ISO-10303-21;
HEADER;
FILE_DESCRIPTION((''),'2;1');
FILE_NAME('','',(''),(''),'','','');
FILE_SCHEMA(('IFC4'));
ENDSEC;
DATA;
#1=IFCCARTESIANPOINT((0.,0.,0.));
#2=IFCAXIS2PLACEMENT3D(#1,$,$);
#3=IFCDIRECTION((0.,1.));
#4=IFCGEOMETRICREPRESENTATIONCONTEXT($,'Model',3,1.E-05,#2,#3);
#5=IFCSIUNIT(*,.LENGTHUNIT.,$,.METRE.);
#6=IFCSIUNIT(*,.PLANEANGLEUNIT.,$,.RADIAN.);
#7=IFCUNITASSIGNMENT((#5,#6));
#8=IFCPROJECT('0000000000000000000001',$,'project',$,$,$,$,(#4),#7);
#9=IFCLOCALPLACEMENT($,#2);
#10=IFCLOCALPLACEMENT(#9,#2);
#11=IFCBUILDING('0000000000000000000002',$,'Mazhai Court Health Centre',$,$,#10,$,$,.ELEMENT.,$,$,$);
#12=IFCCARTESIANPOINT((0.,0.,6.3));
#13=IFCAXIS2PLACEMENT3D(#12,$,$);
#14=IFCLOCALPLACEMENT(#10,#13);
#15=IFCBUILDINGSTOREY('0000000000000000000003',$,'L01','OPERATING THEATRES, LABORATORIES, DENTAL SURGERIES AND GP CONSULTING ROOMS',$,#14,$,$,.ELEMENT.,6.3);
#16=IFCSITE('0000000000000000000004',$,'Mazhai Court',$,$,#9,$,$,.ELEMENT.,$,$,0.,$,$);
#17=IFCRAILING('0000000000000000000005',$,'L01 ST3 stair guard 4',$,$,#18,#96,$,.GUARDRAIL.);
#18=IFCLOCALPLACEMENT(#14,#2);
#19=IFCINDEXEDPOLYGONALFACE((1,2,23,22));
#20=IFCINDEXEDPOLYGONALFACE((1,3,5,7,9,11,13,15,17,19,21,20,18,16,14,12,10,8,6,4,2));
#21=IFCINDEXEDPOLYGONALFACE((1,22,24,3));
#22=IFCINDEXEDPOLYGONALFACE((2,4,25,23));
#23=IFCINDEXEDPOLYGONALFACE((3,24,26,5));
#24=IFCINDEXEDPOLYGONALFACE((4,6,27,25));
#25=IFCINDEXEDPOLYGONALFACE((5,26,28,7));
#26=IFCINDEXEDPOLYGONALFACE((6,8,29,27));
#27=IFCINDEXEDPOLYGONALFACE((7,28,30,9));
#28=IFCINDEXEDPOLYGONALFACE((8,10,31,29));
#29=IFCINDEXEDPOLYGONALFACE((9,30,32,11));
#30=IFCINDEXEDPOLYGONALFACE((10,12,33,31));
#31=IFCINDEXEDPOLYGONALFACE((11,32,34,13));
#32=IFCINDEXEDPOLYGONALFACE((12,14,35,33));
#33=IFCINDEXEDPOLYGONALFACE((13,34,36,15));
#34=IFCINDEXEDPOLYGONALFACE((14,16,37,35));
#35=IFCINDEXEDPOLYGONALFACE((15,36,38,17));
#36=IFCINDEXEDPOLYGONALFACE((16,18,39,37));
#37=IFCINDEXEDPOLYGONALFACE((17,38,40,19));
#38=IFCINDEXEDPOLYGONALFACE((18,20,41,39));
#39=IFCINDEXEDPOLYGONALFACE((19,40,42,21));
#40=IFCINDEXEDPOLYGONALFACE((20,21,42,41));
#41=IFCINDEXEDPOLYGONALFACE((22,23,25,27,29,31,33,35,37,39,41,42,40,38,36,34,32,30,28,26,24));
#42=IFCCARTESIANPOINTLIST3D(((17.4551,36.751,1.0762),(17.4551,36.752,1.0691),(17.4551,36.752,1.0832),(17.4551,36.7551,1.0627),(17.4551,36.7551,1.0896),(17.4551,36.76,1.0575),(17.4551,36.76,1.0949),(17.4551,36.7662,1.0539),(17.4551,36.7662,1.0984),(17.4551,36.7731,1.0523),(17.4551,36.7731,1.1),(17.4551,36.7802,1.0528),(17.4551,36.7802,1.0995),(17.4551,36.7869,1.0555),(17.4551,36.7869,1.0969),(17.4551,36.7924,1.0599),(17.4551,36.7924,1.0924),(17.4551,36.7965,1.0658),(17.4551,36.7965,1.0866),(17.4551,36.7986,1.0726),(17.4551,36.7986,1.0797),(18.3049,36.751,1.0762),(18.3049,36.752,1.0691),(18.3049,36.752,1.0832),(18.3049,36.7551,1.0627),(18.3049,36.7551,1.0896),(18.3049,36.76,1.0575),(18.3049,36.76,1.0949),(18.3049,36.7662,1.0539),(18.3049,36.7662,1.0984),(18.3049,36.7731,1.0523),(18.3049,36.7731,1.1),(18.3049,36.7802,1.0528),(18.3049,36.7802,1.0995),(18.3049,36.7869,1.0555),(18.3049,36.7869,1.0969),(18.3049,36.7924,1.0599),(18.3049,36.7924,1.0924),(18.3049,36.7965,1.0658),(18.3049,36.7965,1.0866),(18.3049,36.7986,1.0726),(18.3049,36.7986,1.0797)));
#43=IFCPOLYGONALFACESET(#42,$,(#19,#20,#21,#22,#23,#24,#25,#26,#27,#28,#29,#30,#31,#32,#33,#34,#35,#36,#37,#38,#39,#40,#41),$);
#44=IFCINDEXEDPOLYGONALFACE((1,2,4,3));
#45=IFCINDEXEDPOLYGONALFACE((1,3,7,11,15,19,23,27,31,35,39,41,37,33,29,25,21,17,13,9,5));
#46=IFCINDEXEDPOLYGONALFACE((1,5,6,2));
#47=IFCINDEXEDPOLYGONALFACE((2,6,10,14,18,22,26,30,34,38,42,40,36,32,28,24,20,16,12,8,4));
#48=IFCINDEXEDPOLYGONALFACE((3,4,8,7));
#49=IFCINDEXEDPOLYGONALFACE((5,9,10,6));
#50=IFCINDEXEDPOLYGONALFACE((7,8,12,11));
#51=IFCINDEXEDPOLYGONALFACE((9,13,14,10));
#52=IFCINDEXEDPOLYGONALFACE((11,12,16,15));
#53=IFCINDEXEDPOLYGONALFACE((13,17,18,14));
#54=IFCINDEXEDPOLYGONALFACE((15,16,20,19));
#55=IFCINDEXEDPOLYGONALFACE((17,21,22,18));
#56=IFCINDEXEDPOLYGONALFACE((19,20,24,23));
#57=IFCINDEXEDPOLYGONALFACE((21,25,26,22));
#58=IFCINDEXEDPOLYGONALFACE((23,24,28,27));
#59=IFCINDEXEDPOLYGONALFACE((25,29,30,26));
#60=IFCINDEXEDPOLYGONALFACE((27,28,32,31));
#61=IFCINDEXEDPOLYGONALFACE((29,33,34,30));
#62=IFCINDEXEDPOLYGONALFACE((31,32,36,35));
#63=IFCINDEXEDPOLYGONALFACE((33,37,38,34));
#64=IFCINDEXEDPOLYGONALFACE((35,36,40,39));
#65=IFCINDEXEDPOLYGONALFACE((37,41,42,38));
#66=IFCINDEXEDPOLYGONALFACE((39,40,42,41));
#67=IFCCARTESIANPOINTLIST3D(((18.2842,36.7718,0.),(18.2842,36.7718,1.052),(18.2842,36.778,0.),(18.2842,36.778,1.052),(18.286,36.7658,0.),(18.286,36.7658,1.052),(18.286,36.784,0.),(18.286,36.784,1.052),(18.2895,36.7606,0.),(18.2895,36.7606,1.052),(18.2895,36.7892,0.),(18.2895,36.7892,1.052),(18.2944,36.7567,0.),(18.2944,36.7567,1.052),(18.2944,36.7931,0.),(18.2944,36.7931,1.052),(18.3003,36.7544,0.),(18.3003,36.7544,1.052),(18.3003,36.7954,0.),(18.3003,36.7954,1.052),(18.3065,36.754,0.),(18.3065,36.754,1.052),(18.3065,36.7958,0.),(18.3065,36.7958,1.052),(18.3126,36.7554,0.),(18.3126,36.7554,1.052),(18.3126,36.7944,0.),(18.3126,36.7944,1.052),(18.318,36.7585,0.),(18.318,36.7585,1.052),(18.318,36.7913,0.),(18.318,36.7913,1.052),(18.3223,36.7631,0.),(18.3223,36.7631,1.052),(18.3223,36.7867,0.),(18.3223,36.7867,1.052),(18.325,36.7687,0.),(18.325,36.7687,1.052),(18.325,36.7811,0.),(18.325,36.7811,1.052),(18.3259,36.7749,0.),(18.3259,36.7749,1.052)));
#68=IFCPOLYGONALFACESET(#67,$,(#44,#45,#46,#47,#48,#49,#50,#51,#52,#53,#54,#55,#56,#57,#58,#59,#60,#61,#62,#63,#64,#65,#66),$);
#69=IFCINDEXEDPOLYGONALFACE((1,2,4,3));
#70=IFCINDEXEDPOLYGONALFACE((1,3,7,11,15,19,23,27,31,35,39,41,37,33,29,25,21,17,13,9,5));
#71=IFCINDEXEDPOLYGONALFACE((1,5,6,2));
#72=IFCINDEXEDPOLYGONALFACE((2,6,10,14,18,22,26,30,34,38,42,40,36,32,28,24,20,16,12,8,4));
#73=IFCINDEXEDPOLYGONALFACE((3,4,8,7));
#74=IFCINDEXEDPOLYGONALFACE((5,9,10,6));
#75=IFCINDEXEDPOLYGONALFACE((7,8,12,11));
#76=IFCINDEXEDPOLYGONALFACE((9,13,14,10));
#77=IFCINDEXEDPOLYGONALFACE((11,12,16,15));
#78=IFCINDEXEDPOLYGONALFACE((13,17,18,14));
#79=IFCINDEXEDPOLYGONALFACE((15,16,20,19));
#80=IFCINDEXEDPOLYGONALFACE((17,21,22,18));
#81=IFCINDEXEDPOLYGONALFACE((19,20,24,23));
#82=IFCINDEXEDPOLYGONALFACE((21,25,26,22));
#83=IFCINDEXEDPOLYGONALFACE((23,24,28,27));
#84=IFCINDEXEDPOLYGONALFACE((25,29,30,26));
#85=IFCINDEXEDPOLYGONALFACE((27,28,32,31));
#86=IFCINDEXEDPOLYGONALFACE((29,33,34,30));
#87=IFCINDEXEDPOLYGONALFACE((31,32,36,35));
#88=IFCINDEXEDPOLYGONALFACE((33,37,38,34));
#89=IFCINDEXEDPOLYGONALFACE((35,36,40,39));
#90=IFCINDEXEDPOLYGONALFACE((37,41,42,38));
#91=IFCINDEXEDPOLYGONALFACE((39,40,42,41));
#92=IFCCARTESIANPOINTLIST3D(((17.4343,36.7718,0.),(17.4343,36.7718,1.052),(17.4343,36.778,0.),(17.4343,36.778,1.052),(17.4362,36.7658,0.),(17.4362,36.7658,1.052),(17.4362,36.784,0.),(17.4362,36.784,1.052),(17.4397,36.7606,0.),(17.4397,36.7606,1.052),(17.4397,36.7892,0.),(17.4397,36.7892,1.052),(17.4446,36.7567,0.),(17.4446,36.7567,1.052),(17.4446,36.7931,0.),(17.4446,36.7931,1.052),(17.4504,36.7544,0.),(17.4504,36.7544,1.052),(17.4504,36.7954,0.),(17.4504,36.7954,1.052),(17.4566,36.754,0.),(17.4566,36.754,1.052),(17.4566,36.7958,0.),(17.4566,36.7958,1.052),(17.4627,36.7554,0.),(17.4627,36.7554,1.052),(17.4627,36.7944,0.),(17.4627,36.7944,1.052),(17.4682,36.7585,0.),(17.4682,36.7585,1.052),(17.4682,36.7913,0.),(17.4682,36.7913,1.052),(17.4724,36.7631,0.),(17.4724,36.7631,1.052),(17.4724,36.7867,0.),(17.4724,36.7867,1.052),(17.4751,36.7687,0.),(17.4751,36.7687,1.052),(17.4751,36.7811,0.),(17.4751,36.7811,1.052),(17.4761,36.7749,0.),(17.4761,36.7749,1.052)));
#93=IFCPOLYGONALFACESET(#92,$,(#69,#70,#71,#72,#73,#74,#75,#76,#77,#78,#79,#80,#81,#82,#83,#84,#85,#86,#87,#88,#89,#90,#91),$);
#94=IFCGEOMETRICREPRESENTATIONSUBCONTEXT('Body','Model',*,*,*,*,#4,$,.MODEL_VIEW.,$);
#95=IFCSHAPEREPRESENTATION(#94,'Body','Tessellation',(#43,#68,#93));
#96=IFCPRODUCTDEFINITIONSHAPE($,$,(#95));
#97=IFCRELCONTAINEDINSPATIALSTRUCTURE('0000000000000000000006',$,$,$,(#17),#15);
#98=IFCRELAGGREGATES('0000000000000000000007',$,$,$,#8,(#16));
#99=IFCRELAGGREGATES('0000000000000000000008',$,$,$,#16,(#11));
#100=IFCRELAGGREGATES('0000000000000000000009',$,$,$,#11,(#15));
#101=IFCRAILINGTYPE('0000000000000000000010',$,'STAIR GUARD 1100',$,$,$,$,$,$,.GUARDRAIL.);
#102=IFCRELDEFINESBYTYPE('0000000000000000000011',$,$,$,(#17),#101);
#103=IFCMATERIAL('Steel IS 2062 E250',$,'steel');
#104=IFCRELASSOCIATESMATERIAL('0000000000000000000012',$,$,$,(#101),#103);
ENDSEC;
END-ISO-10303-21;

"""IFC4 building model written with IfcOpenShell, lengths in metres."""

from ifc_helpers import new_model, si_unit, direction, frame, origin, origin_2d, place, context, subcontext, project, spatial, circle, extrude, material, type_object, element, save


model = new_model("IFC4")

# Units and contexts
model_context = context("Model", 3, precision=1e-05, world=origin(), true_north=direction((0.0, 1.0)))
body_context = subcontext(model_context, "Body", "Model", "MODEL_VIEW")
ifc_project = project(units=[si_unit("LENGTHUNIT", "METRE"), si_unit("PLANEANGLEUNIT", "RADIAN")], contexts=[model_context])

# Site, building, storey
site_placement = place(None, origin())
site = spatial("IfcSite", under=ifc_project, at=site_placement, Name="Mazhai Court", CompositionType="ELEMENT", RefElevation=0.0)
building_placement = place(site_placement, origin())
building = spatial("IfcBuilding", under=site, at=building_placement, Name="Mazhai Court Health Centre", CompositionType="ELEMENT")
storey_placement = place(building_placement, frame((0.0, 0.0, 6.3)))
storey = spatial("IfcBuildingStorey", under=building, at=storey_placement, Name="L01", Description="OPERATING THEATRES, LABORATORIES, DENTAL SURGERIES AND GP CONSULTING ROOMS", CompositionType="ELEMENT", Elevation=6.3)

# Railing
ifc_material_1 = material(Name="Steel IS 2062 E250", Category="steel")
railing_type_1 = type_object("IfcRailingType", Name="STAIR GUARD 1100", PredefinedType="GUARDRAIL", material=ifc_material_1)
railing_1_placement = place(storey_placement, frame((18.3049, 36.7749, 0.0)))
element("IfcRailing", 1, at=railing_1_placement, inside=storey, type_object=railing_type_1, Name="L01 ST3 stair guard 4", PredefinedType="GUARDRAIL", context=body_context, shape_type="SweptSolid", body=[
    extrude(circle(Radius=0.0239, at=origin_2d()), frame((0.0, 0.0, 1.0762), z_axis=(-1.0, 0.0, 0.0), x_axis=(0.0, -1.0, 0.0)), (0.0, 0.0, 1.0), 0.8499),
    extrude(circle(Radius=0.021, at=origin_2d()), origin(), (0.0, 0.0, 1.0), 1.052),
    extrude(circle(Radius=0.021, at=origin_2d()), frame((-0.8499, 0.0, 0.0)), (0.0, 0.0, 1.0), 1.052),
])

save(model, "model.ifc")
